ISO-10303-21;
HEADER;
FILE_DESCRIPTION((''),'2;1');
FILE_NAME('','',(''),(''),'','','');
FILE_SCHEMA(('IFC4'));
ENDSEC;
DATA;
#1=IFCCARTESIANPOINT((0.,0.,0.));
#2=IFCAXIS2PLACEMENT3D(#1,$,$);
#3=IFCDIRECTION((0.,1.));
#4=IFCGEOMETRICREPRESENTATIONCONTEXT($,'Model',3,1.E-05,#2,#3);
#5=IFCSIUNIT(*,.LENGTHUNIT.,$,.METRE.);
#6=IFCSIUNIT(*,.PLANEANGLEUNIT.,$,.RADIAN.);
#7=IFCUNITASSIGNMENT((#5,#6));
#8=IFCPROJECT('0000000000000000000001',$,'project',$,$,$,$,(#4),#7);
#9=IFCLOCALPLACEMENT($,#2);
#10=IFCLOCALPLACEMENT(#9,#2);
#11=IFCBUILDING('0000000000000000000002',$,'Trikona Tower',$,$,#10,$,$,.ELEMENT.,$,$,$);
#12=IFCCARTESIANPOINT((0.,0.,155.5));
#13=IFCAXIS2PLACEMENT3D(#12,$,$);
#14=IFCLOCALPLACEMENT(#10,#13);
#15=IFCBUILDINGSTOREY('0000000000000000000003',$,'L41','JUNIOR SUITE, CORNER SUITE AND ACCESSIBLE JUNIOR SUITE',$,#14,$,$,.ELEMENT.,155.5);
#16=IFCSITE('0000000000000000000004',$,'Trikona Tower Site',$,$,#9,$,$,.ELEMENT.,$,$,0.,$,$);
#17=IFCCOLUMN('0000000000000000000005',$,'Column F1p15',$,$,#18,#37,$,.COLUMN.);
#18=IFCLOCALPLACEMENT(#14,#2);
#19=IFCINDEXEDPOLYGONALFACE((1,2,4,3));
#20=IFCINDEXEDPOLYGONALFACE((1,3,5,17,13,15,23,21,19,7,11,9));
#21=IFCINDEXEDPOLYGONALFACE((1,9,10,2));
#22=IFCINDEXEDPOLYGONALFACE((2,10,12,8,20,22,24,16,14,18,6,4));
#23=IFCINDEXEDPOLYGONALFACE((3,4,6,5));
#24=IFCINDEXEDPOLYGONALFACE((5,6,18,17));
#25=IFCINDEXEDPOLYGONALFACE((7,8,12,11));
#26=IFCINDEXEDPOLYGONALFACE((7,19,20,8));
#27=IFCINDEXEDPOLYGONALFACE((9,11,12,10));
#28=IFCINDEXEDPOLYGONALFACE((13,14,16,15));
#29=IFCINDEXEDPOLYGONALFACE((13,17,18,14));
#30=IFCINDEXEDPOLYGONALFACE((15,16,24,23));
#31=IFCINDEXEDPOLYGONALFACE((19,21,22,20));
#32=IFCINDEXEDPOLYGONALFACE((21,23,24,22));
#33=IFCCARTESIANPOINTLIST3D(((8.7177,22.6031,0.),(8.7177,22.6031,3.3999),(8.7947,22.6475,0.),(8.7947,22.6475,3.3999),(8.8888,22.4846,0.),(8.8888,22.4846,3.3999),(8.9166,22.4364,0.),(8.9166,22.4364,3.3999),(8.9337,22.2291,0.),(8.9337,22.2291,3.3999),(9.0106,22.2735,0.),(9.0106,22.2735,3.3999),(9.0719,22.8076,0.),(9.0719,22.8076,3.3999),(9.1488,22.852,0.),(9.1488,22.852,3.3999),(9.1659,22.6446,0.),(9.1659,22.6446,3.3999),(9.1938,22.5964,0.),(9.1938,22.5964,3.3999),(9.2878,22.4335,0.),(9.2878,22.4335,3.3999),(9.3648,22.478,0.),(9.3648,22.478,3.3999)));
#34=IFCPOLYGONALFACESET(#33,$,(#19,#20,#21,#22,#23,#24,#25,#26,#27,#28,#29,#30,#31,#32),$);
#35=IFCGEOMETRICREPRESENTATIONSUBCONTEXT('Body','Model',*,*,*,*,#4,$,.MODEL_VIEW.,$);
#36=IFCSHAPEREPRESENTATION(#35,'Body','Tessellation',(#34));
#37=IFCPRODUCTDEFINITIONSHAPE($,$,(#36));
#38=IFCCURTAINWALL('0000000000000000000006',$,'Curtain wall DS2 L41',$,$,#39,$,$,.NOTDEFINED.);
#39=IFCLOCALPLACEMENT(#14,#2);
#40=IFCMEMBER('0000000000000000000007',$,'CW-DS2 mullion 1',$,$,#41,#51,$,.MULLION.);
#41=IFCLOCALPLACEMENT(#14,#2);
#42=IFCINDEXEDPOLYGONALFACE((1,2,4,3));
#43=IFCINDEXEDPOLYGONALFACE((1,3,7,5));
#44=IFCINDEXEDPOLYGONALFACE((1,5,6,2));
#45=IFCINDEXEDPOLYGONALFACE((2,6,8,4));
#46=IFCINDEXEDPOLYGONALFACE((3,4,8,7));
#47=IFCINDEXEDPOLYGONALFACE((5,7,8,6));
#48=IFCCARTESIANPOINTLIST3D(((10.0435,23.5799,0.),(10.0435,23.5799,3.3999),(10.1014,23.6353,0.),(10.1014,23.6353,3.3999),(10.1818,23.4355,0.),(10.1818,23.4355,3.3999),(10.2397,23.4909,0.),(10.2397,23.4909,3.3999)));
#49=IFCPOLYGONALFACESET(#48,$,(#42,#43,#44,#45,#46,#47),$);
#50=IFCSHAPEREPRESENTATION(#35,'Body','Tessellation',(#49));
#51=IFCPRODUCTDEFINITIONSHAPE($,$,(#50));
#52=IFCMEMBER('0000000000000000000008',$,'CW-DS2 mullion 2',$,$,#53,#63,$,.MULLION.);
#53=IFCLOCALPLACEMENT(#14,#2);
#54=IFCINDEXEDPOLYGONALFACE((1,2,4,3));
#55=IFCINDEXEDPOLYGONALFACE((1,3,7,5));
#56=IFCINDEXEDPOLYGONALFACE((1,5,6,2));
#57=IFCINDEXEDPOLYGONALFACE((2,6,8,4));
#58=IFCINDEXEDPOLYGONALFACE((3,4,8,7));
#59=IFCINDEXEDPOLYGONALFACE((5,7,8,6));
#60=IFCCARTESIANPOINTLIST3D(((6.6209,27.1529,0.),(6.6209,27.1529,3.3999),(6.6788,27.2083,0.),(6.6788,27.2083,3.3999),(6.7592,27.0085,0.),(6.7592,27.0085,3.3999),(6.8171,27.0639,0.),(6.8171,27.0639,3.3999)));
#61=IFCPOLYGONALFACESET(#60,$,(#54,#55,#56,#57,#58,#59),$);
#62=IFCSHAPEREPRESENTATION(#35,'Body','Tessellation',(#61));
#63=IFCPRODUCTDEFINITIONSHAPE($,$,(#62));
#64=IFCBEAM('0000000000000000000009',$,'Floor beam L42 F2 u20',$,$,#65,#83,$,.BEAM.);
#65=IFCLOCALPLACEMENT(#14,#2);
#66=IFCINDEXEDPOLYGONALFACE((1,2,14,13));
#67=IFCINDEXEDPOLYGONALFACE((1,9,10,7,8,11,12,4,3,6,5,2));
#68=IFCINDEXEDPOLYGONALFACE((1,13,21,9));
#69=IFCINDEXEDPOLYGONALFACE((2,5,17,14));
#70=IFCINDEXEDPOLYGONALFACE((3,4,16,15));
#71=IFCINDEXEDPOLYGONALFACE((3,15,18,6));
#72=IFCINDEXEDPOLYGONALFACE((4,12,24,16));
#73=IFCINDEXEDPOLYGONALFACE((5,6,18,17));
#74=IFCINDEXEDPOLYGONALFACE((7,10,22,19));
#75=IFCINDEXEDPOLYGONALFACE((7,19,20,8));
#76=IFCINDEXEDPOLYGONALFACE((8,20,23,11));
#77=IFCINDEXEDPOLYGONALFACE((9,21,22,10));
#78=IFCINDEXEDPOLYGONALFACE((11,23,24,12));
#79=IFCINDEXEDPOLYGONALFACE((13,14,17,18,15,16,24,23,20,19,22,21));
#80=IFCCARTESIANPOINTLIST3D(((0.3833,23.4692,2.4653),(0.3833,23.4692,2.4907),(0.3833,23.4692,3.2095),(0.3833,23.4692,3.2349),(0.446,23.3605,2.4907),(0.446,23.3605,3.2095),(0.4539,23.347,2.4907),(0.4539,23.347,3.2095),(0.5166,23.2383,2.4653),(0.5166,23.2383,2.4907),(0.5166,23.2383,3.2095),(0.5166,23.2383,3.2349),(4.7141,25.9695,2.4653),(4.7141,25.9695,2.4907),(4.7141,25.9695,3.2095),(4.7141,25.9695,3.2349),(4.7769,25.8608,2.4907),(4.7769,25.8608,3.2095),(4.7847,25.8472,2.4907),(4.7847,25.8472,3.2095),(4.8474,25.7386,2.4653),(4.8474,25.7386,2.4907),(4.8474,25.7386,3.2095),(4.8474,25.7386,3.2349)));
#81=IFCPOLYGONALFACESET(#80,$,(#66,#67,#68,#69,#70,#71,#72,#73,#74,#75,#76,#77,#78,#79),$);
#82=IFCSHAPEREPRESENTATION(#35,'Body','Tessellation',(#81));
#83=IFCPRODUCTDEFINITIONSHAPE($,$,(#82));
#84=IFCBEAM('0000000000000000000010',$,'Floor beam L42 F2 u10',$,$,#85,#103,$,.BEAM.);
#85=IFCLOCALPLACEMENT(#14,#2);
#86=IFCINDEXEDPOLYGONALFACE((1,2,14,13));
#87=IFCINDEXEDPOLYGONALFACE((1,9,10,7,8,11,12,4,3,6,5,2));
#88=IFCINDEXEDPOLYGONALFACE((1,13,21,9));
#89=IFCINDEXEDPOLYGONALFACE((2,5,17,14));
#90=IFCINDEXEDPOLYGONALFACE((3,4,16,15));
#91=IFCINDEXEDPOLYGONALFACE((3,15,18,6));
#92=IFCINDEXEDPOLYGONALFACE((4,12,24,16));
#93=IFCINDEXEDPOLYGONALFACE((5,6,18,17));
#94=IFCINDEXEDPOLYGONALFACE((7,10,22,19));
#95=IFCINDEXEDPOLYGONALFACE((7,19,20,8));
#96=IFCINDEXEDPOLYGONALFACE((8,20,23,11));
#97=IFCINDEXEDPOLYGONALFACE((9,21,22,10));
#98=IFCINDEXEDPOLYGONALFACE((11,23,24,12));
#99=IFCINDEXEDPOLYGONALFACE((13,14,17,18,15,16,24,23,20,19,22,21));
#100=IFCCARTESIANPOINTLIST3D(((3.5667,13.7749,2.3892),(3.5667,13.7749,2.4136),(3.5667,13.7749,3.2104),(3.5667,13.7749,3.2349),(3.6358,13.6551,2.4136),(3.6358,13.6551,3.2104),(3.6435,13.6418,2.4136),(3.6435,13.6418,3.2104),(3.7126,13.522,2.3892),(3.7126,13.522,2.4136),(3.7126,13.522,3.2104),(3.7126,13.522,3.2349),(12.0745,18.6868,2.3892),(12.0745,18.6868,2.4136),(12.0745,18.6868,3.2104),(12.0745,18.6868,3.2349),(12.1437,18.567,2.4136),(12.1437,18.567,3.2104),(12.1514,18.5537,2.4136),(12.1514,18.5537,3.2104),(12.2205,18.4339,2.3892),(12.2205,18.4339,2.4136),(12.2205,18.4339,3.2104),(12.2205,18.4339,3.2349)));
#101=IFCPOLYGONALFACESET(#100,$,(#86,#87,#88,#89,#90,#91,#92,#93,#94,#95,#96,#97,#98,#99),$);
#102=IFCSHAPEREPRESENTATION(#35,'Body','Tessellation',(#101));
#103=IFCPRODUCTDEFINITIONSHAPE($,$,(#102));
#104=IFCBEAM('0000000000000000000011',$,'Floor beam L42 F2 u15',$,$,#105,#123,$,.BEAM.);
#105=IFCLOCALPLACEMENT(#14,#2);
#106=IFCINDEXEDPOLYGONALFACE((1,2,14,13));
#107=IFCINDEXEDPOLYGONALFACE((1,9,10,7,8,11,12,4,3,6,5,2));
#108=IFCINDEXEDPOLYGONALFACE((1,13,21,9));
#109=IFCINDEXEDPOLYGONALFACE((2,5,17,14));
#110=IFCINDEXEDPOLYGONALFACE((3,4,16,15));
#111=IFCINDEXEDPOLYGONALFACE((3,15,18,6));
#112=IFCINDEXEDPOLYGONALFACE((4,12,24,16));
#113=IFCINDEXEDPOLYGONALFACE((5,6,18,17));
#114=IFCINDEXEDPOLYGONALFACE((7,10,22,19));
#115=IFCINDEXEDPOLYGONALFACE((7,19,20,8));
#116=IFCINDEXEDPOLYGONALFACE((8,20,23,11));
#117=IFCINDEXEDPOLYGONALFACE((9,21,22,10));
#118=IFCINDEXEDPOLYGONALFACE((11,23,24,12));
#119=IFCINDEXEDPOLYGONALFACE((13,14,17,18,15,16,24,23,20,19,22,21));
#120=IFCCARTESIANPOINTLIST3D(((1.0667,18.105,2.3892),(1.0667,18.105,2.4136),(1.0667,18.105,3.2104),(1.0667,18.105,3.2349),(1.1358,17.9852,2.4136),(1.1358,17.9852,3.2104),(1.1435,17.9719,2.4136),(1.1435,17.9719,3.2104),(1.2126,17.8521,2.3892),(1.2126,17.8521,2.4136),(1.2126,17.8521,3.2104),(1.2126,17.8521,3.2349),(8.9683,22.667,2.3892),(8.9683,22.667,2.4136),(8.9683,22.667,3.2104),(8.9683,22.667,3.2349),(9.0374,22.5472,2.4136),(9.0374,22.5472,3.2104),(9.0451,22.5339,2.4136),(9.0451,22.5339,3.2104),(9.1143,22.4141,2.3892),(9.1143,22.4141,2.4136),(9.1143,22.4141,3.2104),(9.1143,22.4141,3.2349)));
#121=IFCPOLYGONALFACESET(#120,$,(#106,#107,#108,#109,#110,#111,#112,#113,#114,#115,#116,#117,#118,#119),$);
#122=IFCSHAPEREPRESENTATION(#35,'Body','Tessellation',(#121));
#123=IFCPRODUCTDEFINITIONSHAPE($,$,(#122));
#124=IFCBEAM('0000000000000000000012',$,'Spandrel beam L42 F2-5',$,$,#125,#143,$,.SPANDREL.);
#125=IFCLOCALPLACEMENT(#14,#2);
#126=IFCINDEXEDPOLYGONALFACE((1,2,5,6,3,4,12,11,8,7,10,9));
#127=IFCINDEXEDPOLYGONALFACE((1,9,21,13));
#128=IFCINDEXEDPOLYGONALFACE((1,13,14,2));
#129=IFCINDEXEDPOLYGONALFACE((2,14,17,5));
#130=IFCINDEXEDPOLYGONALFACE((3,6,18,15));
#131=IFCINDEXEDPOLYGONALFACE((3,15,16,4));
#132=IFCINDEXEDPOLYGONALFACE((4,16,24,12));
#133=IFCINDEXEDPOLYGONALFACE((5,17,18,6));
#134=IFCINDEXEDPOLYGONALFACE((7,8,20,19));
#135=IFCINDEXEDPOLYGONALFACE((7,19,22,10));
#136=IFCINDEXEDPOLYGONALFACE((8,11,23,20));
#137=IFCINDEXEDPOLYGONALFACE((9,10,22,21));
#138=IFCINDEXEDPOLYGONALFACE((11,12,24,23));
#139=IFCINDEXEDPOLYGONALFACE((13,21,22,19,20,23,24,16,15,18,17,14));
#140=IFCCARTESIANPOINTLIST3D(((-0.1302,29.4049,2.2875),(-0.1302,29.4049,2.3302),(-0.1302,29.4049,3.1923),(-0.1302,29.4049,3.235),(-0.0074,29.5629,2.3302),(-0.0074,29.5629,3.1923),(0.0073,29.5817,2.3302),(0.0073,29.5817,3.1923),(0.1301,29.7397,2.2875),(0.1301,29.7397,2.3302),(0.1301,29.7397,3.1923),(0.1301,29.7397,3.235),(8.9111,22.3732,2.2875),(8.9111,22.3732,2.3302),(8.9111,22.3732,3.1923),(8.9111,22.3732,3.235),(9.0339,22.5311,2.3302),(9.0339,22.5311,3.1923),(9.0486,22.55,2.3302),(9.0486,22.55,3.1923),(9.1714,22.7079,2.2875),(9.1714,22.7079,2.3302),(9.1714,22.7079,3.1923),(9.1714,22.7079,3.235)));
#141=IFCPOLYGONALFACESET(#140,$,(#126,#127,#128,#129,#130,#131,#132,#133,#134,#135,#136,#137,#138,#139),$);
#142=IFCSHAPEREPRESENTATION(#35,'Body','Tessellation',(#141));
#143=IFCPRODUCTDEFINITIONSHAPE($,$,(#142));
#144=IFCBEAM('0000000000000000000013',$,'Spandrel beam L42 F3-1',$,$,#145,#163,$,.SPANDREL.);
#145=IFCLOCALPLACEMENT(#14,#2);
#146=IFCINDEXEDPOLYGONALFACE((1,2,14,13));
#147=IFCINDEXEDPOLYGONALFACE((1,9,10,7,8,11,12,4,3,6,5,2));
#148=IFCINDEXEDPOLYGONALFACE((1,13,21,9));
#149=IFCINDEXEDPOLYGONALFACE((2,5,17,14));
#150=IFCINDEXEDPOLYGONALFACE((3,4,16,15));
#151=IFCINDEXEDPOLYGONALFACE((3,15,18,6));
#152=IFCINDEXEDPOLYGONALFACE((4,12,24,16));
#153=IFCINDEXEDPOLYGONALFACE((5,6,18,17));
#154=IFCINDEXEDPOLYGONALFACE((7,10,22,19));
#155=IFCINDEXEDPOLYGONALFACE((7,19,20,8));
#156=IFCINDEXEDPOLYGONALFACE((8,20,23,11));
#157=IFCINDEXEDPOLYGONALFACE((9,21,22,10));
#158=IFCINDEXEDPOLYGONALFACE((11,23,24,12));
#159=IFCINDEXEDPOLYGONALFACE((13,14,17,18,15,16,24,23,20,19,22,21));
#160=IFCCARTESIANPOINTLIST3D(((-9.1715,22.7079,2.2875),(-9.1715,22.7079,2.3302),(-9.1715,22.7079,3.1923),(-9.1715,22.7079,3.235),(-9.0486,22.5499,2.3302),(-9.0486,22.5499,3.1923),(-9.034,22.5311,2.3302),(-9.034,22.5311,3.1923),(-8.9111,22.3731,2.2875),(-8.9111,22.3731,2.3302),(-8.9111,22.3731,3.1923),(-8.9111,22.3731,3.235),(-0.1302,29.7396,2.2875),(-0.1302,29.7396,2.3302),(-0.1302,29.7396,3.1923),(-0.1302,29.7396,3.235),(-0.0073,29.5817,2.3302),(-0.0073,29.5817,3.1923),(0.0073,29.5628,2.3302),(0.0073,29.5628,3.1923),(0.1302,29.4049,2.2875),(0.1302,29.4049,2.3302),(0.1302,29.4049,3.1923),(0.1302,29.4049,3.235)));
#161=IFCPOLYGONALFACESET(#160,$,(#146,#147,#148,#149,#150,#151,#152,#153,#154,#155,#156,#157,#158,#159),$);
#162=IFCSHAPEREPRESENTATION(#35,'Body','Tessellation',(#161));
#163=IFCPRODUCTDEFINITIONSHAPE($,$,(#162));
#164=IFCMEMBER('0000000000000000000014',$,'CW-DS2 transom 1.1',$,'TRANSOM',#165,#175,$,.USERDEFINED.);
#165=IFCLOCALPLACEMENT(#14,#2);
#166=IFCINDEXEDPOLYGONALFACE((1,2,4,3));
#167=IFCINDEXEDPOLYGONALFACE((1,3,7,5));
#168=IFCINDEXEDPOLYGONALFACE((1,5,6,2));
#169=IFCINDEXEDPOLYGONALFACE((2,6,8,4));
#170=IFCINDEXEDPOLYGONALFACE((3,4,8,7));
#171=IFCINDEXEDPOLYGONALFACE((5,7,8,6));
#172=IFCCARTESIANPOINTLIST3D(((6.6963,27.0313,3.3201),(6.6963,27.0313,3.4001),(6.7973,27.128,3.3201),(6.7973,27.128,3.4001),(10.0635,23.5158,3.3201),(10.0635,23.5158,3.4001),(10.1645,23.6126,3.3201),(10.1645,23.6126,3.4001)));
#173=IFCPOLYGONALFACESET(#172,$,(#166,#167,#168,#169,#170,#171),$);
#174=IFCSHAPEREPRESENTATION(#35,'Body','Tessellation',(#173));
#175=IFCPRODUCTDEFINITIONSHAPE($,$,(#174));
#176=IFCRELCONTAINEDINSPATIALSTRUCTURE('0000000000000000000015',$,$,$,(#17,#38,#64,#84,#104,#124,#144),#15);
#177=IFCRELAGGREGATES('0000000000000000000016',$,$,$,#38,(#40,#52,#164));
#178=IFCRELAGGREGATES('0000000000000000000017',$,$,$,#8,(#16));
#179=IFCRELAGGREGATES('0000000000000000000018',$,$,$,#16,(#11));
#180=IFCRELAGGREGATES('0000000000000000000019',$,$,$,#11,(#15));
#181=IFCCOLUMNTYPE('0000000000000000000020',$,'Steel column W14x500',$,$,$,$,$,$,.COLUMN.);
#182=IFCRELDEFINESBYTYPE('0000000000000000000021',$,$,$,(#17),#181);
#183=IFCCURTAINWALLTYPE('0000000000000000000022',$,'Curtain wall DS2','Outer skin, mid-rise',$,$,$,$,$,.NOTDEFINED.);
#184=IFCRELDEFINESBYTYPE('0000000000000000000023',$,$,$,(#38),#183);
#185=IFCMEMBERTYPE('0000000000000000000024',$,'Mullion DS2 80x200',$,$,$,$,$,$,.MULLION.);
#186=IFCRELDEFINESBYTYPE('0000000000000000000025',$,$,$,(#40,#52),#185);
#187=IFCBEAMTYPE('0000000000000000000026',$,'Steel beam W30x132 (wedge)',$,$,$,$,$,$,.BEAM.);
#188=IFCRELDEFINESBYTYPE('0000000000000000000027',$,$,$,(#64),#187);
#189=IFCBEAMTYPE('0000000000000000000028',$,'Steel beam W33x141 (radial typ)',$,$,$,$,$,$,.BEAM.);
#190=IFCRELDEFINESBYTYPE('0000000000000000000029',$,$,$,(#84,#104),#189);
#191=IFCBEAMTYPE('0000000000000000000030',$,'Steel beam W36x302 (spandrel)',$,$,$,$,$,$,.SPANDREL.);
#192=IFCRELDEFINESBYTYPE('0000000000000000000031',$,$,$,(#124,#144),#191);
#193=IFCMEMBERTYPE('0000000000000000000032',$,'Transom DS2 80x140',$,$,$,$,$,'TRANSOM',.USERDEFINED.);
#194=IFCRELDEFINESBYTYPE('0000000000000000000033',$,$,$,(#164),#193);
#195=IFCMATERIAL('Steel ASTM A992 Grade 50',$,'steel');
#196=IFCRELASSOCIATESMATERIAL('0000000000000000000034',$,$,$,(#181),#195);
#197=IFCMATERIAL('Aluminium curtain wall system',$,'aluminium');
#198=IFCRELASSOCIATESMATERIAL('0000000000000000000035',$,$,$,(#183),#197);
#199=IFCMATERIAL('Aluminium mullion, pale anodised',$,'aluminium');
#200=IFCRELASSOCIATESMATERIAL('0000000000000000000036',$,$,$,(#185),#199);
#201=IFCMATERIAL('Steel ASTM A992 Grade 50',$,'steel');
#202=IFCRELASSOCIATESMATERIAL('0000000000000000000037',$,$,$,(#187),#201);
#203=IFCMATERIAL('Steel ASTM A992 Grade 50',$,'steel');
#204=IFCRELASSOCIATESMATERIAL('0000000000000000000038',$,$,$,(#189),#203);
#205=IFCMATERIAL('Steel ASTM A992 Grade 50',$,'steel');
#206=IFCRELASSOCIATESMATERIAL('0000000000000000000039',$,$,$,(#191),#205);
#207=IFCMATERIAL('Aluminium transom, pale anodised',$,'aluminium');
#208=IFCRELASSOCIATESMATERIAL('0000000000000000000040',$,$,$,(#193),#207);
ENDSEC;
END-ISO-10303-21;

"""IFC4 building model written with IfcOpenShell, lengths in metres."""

from ifc_helpers import new_model, si_unit, direction, frame, origin, origin_2d, place, context, subcontext, project, spatial, rectangle, i_section, extrude, material, material_profile, profile_set, type_object, element, aggregate, save


model = new_model("IFC4")

# Units and contexts
model_context = context("Model", 3, precision=1e-05, world=origin(), true_north=direction((0.0, 1.0)))
body_context = subcontext(model_context, "Body", "Model", "MODEL_VIEW")
ifc_project = project(units=[si_unit("LENGTHUNIT", "METRE"), si_unit("PLANEANGLEUNIT", "RADIAN")], contexts=[model_context])

# Site, building, storey
site_placement = place(None, origin())
site = spatial("IfcSite", under=ifc_project, at=site_placement, Name="Trikona Tower Site", CompositionType="ELEMENT", RefElevation=0.0)
building_placement = place(site_placement, origin())
building = spatial("IfcBuilding", under=site, at=building_placement, Name="Trikona Tower", CompositionType="ELEMENT")
storey_placement = place(building_placement, frame((0.0, 0.0, 155.5)))
storey = spatial("IfcBuildingStorey", under=building, at=storey_placement, Name="L41", Description="JUNIOR SUITE, CORNER SUITE AND ACCESSIBLE JUNIOR SUITE", CompositionType="ELEMENT", Elevation=155.5)

# Column
ifc_material_1 = material(Name="Steel ASTM A992 Grade 50", Category="steel")
ifc_material_profile_1 = material_profile(ifc_material_1, i_section(OverallWidth=0.4319, OverallDepth=0.4978, WebThickness=0.0557, FlangeThickness=0.0889, at=origin_2d()), Name="W14X500")
ifc_profile_set_1 = profile_set([ifc_material_profile_1], Name="Steel ASTM A992 Grade 50")
column_type = type_object("IfcColumnType", Name="Steel column W14x500", PredefinedType="COLUMN", material=ifc_profile_set_1)
column_placement = place(storey_placement, frame((9.0413, 22.5405, 0.0), z_axis=(0.0, 0.0, 1.0), x_axis=(-0.5, 0.866025, 0.0)))
element("IfcColumn", 1, at=column_placement, inside=storey, type_object=column_type, Name="Column F1p15", PredefinedType="COLUMN", context=body_context, shape_type="SweptSolid", body=[
    extrude(i_section(OverallWidth=0.4319, OverallDepth=0.4978, WebThickness=0.0557, FlangeThickness=0.0889, at=origin_2d()), origin(), (0.0, 0.0, 1.0), 3.3999),
])

# Curtain wall, members
ifc_material_2 = material(Name="Aluminium curtain wall system", Category="aluminium")
curtain_wall_type = type_object("IfcCurtainWallType", Name="Curtain wall DS2", Description="Outer skin, mid-rise", PredefinedType="NOTDEFINED", material=ifc_material_2)
curtain_wall_placement = place(storey_placement, origin())
curtain_wall = element("IfcCurtainWall", 2, at=curtain_wall_placement, inside=storey, type_object=curtain_wall_type, Name="Curtain wall DS2 L41", PredefinedType="NOTDEFINED")
ifc_material_3 = material(Name="Aluminium mullion, pale anodised", Category="aluminium")
ifc_material_profile_2 = material_profile(ifc_material_3, rectangle(XDim=0.0801, YDim=0.2, at=origin_2d()), Name="MUL-DS2")
ifc_profile_set_2 = profile_set([ifc_material_profile_2], Name="Aluminium mullion, pale anodised")
member_type_1 = type_object("IfcMemberType", Name="Mullion DS2 80x200", PredefinedType="MULLION", material=ifc_profile_set_2)
member_1_placement = place(storey_placement, frame((10.1416, 23.5354, 0.0), z_axis=(0.0, 0.0, 1.0), x_axis=(-0.722158, -0.691728, 0.0)))
member_1 = element("IfcMember", 3, at=member_1_placement, type_object=member_type_1, Name="CW-DS2 mullion 1", PredefinedType="MULLION", context=body_context, shape_type="SweptSolid", body=[
    extrude(rectangle(XDim=0.0801, YDim=0.2, at=origin_2d()), origin(), (0.0, 0.0, 1.0), 3.3999),
])
member_2_placement = place(storey_placement, frame((6.719, 27.1084, 0.0), z_axis=(0.0, 0.0, 1.0), x_axis=(-0.722158, -0.691728, 0.0)))
member_2 = element("IfcMember", 4, at=member_2_placement, type_object=member_type_1, Name="CW-DS2 mullion 2", PredefinedType="MULLION", context=body_context, shape_type="SweptSolid", body=[
    extrude(rectangle(XDim=0.0801, YDim=0.2, at=origin_2d()), origin(), (0.0, 0.0, 1.0), 3.3999),
])

# Beams
ifc_material_4 = material(Name="Steel ASTM A992 Grade 50", Category="steel")
ifc_material_profile_3 = material_profile(ifc_material_4, i_section(OverallWidth=0.2666, OverallDepth=0.7695, WebThickness=0.0156, FlangeThickness=0.0254, at=origin_2d()), Name="W30X132")
ifc_profile_set_3 = profile_set([ifc_material_profile_3], Name="Steel ASTM A992 Grade 50")
beam_type_1 = type_object("IfcBeamType", Name="Steel beam W30x132 (wedge)", PredefinedType="BEAM", material=ifc_profile_set_3)
beam_1_placement = place(storey_placement, frame((0.45, 23.3538, 2.8501), z_axis=(0.866038, 0.499977, 0.0), x_axis=(-0.499977, 0.866038, 0.0)))
element("IfcBeam", 5, at=beam_1_placement, inside=storey, type_object=beam_type_1, Name="Floor beam L42 F2 u20", PredefinedType="BEAM", context=body_context, shape_type="SweptSolid", body=[
    extrude(i_section(OverallWidth=0.2666, OverallDepth=0.7695, WebThickness=0.0156, FlangeThickness=0.0254, at=origin_2d()), origin(), (0.0, 0.0, 1.0), 5.0007),
])
ifc_material_5 = material(Name="Steel ASTM A992 Grade 50", Category="steel")
ifc_material_profile_4 = material_profile(ifc_material_5, i_section(OverallWidth=0.292, OverallDepth=0.8457, WebThickness=0.0154, FlangeThickness=0.0244, at=origin_2d()), Name="W33X141")
ifc_profile_set_4 = profile_set([ifc_material_profile_4], Name="Steel ASTM A992 Grade 50")
beam_type_2 = type_object("IfcBeamType", Name="Steel beam W33x141 (radial typ)", PredefinedType="BEAM", material=ifc_profile_set_4)
beam_2_placement = place(storey_placement, frame((3.6396, 13.6484, 2.812), z_axis=(0.866031, 0.499991, 0.0), x_axis=(-0.499991, 0.866031, 0.0)))
element("IfcBeam", 6, at=beam_2_placement, inside=storey, type_object=beam_type_2, Name="Floor beam L42 F2 u10", PredefinedType="BEAM", context=body_context, shape_type="SweptSolid", body=[
    extrude(i_section(OverallWidth=0.292, OverallDepth=0.8457, WebThickness=0.0154, FlangeThickness=0.0244, at=origin_2d()), origin(), (0.0, 0.0, 1.0), 9.824),
])
beam_3_placement = place(storey_placement, frame((1.1396, 17.9785, 2.812), z_axis=(0.866025, 0.500001, 0.0), x_axis=(-0.500001, 0.866025, 0.0)))
element("IfcBeam", 7, at=beam_3_placement, inside=storey, type_object=beam_type_2, Name="Floor beam L42 F2 u15", PredefinedType="BEAM", context=body_context, shape_type="SweptSolid", body=[
    extrude(i_section(OverallWidth=0.292, OverallDepth=0.8457, WebThickness=0.0154, FlangeThickness=0.0244, at=origin_2d()), origin(), (0.0, 0.0, 1.0), 9.124),
])
ifc_material_6 = material(Name="Steel ASTM A992 Grade 50", Category="steel")
ifc_material_profile_5 = material_profile(ifc_material_6, i_section(OverallWidth=0.4241, OverallDepth=0.9475, WebThickness=0.0239, FlangeThickness=0.0427, at=origin_2d()), Name="W36X302")
ifc_profile_set_5 = profile_set([ifc_material_profile_5], Name="Steel ASTM A992 Grade 50")
beam_type_3 = type_object("IfcBeamType", Name="Steel beam W36x302 (spandrel)", PredefinedType="SPANDREL", material=ifc_profile_set_5)
for number, where, z_axis, x_axis, name in (
    (8, (9.0413, 22.5405, 2.7612), (-0.789367, 0.613921, 0.0), (-0.613921, -0.789367, 0.0), "Spandrel beam L42 F2-5"),
    (9, (0.0, 29.5723, 2.7612), (-0.789367, -0.613921, 0.0), (0.613921, -0.789367, 0.0), "Spandrel beam L42 F3-1"),
):
    element("IfcBeam", number, at=place(storey_placement, frame(where, z_axis=z_axis, x_axis=x_axis)), inside=storey, type_object=beam_type_3, Name=name, PredefinedType="SPANDREL", context=body_context, shape_type="SweptSolid", body=[
        extrude(i_section(OverallWidth=0.4241, OverallDepth=0.9475, WebThickness=0.0239, FlangeThickness=0.0427, at=origin_2d()), origin(), (0.0, 0.0, 1.0), 11.4539),
    ])

# Member
ifc_material_7 = material(Name="Aluminium transom, pale anodised", Category="aluminium")
ifc_material_profile_6 = material_profile(ifc_material_7, rectangle(XDim=0.1399, YDim=0.0801, at=origin_2d()), Name="TRN-DS2")
ifc_profile_set_6 = profile_set([ifc_material_profile_6], Name="Aluminium transom, pale anodised")
member_type_2 = type_object("IfcMemberType", Name="Transom DS2 80x140", ElementType="TRANSOM", PredefinedType="USERDEFINED", material=ifc_profile_set_6)
member_3_placement = place(storey_placement, frame((10.114, 23.5642, 3.3601), z_axis=(-0.691721, 0.722165, 0.0), x_axis=(-0.722165, -0.691721, 0.0)))
member_3 = element("IfcMember", 10, at=member_3_placement, type_object=member_type_2, Name="CW-DS2 transom 1.1", ObjectType="TRANSOM", PredefinedType="USERDEFINED", context=body_context, shape_type="SweptSolid", body=[
    extrude(rectangle(XDim=0.1399, YDim=0.0801, at=origin_2d()), origin(), (0.0, 0.0, 1.0), 4.8679),
])

aggregate(curtain_wall, [member_1, member_2, member_3])

save(model, "model.ifc")
